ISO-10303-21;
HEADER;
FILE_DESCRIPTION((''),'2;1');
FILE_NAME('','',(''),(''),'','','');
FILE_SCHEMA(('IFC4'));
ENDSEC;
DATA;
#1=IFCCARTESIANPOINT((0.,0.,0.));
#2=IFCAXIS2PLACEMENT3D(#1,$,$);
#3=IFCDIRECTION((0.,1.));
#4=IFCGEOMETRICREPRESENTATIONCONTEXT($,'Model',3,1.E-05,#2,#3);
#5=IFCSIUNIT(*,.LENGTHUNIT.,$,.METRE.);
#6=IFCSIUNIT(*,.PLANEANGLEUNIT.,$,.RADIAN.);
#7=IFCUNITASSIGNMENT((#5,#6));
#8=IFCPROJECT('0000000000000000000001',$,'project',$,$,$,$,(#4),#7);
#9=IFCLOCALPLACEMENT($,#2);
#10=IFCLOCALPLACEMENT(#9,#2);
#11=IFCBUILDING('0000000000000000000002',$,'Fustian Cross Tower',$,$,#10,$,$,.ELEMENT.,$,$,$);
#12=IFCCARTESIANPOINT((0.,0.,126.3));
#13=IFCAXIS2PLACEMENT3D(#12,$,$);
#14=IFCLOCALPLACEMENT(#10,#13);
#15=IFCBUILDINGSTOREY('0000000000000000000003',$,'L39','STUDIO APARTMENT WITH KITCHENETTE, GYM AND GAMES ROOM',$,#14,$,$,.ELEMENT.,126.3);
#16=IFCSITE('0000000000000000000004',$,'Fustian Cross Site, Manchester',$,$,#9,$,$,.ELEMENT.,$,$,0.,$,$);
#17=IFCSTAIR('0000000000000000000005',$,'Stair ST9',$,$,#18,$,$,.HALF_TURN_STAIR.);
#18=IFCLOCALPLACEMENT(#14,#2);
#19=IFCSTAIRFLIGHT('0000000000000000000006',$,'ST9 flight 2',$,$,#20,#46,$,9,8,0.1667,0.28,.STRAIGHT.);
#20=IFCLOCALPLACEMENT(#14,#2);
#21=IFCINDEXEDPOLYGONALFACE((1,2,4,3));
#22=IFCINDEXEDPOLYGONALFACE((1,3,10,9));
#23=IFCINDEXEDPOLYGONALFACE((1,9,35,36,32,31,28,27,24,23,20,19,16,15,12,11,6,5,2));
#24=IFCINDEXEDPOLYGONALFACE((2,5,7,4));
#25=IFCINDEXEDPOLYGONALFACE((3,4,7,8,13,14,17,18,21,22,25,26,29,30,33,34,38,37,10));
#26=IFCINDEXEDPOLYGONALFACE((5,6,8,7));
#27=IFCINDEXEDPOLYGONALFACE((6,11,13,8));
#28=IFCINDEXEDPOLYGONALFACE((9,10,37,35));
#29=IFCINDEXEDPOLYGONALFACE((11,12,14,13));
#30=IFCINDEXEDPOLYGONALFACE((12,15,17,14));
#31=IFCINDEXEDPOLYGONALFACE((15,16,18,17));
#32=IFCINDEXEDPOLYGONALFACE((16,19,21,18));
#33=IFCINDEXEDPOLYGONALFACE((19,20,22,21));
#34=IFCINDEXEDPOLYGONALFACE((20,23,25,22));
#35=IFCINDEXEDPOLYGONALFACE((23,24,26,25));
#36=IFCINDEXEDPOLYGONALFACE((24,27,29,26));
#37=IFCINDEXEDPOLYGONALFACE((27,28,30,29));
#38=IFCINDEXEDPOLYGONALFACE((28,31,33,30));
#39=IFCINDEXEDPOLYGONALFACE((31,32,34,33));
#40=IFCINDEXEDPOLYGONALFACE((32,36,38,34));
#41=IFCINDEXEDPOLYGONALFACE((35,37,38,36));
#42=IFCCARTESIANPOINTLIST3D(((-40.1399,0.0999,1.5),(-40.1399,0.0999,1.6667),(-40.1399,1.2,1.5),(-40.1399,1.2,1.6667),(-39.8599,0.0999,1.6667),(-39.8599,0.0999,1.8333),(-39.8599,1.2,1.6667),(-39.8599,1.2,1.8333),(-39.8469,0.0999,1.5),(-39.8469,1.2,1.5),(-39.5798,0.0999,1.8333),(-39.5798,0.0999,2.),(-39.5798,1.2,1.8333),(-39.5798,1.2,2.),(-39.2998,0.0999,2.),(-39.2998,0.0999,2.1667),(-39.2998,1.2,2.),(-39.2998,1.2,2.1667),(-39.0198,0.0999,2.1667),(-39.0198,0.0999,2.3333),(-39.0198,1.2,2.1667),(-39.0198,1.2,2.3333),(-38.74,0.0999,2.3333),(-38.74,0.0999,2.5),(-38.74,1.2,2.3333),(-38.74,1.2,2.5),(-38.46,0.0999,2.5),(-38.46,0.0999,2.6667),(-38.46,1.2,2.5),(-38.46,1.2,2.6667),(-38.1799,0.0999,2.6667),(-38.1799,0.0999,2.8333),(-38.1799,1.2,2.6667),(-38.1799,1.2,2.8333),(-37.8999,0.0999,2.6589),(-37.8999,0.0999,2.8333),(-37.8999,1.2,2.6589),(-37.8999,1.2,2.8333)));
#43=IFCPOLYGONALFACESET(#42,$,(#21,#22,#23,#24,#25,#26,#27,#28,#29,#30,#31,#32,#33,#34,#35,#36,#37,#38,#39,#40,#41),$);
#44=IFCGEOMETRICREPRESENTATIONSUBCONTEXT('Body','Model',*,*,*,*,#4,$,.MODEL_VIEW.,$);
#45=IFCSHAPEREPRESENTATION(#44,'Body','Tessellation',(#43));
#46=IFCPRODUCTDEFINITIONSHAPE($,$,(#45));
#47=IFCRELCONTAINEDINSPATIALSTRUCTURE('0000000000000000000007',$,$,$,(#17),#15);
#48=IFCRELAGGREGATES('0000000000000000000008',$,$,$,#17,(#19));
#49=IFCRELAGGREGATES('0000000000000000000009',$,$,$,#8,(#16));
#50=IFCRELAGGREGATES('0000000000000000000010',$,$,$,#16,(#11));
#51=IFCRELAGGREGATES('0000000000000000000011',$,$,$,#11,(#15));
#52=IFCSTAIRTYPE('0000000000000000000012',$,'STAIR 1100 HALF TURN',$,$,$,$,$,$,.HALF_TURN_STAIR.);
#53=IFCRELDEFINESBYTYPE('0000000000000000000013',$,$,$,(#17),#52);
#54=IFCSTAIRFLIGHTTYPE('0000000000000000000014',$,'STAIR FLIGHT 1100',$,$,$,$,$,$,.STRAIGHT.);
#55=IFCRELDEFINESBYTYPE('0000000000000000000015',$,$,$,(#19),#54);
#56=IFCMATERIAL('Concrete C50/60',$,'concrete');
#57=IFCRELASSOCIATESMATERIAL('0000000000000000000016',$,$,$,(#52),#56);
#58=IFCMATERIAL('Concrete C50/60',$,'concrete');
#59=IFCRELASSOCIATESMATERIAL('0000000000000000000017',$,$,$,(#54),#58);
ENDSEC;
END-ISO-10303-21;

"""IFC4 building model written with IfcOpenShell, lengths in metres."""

from ifc_helpers import new_model, si_unit, direction, frame, origin, place, context, subcontext, project, spatial, polyline, outline, extrude, material, type_object, element, aggregate, save


model = new_model("IFC4")

# Units and contexts
model_context = context("Model", 3, precision=1e-05, world=origin(), true_north=direction((0.0, 1.0)))
body_context = subcontext(model_context, "Body", "Model", "MODEL_VIEW")
ifc_project = project(units=[si_unit("LENGTHUNIT", "METRE"), si_unit("PLANEANGLEUNIT", "RADIAN")], contexts=[model_context])

# Site, building, storey
site_placement = place(None, origin())
site = spatial("IfcSite", under=ifc_project, at=site_placement, Name="Fustian Cross Site, Manchester", CompositionType="ELEMENT", RefElevation=0.0)
building_placement = place(site_placement, origin())
building = spatial("IfcBuilding", under=site, at=building_placement, Name="Fustian Cross Tower", CompositionType="ELEMENT")
storey_placement = place(building_placement, frame((0.0, 0.0, 126.3)))
storey = spatial("IfcBuildingStorey", under=building, at=storey_placement, Name="L39", Description="STUDIO APARTMENT WITH KITCHENETTE, GYM AND GAMES ROOM", CompositionType="ELEMENT", Elevation=126.3)

# Stair, stair flight
ifc_material_1 = material(Name="Concrete C50/60", Category="concrete")
stair_type = type_object("IfcStairType", Name="STAIR 1100 HALF TURN", PredefinedType="HALF_TURN_STAIR", material=ifc_material_1)
stair_placement = place(storey_placement, origin())
stair = element("IfcStair", 1, at=stair_placement, inside=storey, type_object=stair_type, Name="Stair ST9", PredefinedType="HALF_TURN_STAIR")
ifc_material_2 = material(Name="Concrete C50/60", Category="concrete")
stair_flight_type = type_object("IfcStairFlightType", Name="STAIR FLIGHT 1100", PredefinedType="STRAIGHT", material=ifc_material_2)
stair_flight_placement = place(storey_placement, frame((-40.1399, 0.6499, 1.5), z_axis=(0.0, 0.0, 1.0), x_axis=(1.0, 0.0, 0.0)))
stair_flight = element("IfcStairFlight", 2, at=stair_flight_placement, type_object=stair_flight_type, Name="ST9 flight 2", NumberOfRisers=9, NumberOfTreads=8, PredefinedType="STRAIGHT", RiserHeight=0.1667, TreadLength=0.28, context=body_context, shape_type="SweptSolid", body=[
    extrude(outline(polyline([(0.0, 0.0), (0.0, 0.1667), (0.28, 0.1667), (0.28, 0.3333), (0.5601, 0.3333), (0.5601, 0.5), (0.8401, 0.5), (0.8401, 0.6667), (1.1201, 0.6667), (1.1201, 0.8333), (1.3999, 0.8333), (1.3999, 1.0), (1.6799, 1.0), (1.6799, 1.1667), (1.96, 1.1667), (1.96, 1.3333), (2.24, 1.3333), (2.24, 1.5), (2.24, 1.1589), (0.293, 0.0), (0.0, 0.0)])), frame((0.0, 0.55, 0.0), z_axis=(0.0, -1.0, 0.0), x_axis=(1.0, 0.0, 0.0)), (0.0, 0.0, 1.0), 1.1001),
])
aggregate(stair, [stair_flight])

save(model, "model.ifc")
